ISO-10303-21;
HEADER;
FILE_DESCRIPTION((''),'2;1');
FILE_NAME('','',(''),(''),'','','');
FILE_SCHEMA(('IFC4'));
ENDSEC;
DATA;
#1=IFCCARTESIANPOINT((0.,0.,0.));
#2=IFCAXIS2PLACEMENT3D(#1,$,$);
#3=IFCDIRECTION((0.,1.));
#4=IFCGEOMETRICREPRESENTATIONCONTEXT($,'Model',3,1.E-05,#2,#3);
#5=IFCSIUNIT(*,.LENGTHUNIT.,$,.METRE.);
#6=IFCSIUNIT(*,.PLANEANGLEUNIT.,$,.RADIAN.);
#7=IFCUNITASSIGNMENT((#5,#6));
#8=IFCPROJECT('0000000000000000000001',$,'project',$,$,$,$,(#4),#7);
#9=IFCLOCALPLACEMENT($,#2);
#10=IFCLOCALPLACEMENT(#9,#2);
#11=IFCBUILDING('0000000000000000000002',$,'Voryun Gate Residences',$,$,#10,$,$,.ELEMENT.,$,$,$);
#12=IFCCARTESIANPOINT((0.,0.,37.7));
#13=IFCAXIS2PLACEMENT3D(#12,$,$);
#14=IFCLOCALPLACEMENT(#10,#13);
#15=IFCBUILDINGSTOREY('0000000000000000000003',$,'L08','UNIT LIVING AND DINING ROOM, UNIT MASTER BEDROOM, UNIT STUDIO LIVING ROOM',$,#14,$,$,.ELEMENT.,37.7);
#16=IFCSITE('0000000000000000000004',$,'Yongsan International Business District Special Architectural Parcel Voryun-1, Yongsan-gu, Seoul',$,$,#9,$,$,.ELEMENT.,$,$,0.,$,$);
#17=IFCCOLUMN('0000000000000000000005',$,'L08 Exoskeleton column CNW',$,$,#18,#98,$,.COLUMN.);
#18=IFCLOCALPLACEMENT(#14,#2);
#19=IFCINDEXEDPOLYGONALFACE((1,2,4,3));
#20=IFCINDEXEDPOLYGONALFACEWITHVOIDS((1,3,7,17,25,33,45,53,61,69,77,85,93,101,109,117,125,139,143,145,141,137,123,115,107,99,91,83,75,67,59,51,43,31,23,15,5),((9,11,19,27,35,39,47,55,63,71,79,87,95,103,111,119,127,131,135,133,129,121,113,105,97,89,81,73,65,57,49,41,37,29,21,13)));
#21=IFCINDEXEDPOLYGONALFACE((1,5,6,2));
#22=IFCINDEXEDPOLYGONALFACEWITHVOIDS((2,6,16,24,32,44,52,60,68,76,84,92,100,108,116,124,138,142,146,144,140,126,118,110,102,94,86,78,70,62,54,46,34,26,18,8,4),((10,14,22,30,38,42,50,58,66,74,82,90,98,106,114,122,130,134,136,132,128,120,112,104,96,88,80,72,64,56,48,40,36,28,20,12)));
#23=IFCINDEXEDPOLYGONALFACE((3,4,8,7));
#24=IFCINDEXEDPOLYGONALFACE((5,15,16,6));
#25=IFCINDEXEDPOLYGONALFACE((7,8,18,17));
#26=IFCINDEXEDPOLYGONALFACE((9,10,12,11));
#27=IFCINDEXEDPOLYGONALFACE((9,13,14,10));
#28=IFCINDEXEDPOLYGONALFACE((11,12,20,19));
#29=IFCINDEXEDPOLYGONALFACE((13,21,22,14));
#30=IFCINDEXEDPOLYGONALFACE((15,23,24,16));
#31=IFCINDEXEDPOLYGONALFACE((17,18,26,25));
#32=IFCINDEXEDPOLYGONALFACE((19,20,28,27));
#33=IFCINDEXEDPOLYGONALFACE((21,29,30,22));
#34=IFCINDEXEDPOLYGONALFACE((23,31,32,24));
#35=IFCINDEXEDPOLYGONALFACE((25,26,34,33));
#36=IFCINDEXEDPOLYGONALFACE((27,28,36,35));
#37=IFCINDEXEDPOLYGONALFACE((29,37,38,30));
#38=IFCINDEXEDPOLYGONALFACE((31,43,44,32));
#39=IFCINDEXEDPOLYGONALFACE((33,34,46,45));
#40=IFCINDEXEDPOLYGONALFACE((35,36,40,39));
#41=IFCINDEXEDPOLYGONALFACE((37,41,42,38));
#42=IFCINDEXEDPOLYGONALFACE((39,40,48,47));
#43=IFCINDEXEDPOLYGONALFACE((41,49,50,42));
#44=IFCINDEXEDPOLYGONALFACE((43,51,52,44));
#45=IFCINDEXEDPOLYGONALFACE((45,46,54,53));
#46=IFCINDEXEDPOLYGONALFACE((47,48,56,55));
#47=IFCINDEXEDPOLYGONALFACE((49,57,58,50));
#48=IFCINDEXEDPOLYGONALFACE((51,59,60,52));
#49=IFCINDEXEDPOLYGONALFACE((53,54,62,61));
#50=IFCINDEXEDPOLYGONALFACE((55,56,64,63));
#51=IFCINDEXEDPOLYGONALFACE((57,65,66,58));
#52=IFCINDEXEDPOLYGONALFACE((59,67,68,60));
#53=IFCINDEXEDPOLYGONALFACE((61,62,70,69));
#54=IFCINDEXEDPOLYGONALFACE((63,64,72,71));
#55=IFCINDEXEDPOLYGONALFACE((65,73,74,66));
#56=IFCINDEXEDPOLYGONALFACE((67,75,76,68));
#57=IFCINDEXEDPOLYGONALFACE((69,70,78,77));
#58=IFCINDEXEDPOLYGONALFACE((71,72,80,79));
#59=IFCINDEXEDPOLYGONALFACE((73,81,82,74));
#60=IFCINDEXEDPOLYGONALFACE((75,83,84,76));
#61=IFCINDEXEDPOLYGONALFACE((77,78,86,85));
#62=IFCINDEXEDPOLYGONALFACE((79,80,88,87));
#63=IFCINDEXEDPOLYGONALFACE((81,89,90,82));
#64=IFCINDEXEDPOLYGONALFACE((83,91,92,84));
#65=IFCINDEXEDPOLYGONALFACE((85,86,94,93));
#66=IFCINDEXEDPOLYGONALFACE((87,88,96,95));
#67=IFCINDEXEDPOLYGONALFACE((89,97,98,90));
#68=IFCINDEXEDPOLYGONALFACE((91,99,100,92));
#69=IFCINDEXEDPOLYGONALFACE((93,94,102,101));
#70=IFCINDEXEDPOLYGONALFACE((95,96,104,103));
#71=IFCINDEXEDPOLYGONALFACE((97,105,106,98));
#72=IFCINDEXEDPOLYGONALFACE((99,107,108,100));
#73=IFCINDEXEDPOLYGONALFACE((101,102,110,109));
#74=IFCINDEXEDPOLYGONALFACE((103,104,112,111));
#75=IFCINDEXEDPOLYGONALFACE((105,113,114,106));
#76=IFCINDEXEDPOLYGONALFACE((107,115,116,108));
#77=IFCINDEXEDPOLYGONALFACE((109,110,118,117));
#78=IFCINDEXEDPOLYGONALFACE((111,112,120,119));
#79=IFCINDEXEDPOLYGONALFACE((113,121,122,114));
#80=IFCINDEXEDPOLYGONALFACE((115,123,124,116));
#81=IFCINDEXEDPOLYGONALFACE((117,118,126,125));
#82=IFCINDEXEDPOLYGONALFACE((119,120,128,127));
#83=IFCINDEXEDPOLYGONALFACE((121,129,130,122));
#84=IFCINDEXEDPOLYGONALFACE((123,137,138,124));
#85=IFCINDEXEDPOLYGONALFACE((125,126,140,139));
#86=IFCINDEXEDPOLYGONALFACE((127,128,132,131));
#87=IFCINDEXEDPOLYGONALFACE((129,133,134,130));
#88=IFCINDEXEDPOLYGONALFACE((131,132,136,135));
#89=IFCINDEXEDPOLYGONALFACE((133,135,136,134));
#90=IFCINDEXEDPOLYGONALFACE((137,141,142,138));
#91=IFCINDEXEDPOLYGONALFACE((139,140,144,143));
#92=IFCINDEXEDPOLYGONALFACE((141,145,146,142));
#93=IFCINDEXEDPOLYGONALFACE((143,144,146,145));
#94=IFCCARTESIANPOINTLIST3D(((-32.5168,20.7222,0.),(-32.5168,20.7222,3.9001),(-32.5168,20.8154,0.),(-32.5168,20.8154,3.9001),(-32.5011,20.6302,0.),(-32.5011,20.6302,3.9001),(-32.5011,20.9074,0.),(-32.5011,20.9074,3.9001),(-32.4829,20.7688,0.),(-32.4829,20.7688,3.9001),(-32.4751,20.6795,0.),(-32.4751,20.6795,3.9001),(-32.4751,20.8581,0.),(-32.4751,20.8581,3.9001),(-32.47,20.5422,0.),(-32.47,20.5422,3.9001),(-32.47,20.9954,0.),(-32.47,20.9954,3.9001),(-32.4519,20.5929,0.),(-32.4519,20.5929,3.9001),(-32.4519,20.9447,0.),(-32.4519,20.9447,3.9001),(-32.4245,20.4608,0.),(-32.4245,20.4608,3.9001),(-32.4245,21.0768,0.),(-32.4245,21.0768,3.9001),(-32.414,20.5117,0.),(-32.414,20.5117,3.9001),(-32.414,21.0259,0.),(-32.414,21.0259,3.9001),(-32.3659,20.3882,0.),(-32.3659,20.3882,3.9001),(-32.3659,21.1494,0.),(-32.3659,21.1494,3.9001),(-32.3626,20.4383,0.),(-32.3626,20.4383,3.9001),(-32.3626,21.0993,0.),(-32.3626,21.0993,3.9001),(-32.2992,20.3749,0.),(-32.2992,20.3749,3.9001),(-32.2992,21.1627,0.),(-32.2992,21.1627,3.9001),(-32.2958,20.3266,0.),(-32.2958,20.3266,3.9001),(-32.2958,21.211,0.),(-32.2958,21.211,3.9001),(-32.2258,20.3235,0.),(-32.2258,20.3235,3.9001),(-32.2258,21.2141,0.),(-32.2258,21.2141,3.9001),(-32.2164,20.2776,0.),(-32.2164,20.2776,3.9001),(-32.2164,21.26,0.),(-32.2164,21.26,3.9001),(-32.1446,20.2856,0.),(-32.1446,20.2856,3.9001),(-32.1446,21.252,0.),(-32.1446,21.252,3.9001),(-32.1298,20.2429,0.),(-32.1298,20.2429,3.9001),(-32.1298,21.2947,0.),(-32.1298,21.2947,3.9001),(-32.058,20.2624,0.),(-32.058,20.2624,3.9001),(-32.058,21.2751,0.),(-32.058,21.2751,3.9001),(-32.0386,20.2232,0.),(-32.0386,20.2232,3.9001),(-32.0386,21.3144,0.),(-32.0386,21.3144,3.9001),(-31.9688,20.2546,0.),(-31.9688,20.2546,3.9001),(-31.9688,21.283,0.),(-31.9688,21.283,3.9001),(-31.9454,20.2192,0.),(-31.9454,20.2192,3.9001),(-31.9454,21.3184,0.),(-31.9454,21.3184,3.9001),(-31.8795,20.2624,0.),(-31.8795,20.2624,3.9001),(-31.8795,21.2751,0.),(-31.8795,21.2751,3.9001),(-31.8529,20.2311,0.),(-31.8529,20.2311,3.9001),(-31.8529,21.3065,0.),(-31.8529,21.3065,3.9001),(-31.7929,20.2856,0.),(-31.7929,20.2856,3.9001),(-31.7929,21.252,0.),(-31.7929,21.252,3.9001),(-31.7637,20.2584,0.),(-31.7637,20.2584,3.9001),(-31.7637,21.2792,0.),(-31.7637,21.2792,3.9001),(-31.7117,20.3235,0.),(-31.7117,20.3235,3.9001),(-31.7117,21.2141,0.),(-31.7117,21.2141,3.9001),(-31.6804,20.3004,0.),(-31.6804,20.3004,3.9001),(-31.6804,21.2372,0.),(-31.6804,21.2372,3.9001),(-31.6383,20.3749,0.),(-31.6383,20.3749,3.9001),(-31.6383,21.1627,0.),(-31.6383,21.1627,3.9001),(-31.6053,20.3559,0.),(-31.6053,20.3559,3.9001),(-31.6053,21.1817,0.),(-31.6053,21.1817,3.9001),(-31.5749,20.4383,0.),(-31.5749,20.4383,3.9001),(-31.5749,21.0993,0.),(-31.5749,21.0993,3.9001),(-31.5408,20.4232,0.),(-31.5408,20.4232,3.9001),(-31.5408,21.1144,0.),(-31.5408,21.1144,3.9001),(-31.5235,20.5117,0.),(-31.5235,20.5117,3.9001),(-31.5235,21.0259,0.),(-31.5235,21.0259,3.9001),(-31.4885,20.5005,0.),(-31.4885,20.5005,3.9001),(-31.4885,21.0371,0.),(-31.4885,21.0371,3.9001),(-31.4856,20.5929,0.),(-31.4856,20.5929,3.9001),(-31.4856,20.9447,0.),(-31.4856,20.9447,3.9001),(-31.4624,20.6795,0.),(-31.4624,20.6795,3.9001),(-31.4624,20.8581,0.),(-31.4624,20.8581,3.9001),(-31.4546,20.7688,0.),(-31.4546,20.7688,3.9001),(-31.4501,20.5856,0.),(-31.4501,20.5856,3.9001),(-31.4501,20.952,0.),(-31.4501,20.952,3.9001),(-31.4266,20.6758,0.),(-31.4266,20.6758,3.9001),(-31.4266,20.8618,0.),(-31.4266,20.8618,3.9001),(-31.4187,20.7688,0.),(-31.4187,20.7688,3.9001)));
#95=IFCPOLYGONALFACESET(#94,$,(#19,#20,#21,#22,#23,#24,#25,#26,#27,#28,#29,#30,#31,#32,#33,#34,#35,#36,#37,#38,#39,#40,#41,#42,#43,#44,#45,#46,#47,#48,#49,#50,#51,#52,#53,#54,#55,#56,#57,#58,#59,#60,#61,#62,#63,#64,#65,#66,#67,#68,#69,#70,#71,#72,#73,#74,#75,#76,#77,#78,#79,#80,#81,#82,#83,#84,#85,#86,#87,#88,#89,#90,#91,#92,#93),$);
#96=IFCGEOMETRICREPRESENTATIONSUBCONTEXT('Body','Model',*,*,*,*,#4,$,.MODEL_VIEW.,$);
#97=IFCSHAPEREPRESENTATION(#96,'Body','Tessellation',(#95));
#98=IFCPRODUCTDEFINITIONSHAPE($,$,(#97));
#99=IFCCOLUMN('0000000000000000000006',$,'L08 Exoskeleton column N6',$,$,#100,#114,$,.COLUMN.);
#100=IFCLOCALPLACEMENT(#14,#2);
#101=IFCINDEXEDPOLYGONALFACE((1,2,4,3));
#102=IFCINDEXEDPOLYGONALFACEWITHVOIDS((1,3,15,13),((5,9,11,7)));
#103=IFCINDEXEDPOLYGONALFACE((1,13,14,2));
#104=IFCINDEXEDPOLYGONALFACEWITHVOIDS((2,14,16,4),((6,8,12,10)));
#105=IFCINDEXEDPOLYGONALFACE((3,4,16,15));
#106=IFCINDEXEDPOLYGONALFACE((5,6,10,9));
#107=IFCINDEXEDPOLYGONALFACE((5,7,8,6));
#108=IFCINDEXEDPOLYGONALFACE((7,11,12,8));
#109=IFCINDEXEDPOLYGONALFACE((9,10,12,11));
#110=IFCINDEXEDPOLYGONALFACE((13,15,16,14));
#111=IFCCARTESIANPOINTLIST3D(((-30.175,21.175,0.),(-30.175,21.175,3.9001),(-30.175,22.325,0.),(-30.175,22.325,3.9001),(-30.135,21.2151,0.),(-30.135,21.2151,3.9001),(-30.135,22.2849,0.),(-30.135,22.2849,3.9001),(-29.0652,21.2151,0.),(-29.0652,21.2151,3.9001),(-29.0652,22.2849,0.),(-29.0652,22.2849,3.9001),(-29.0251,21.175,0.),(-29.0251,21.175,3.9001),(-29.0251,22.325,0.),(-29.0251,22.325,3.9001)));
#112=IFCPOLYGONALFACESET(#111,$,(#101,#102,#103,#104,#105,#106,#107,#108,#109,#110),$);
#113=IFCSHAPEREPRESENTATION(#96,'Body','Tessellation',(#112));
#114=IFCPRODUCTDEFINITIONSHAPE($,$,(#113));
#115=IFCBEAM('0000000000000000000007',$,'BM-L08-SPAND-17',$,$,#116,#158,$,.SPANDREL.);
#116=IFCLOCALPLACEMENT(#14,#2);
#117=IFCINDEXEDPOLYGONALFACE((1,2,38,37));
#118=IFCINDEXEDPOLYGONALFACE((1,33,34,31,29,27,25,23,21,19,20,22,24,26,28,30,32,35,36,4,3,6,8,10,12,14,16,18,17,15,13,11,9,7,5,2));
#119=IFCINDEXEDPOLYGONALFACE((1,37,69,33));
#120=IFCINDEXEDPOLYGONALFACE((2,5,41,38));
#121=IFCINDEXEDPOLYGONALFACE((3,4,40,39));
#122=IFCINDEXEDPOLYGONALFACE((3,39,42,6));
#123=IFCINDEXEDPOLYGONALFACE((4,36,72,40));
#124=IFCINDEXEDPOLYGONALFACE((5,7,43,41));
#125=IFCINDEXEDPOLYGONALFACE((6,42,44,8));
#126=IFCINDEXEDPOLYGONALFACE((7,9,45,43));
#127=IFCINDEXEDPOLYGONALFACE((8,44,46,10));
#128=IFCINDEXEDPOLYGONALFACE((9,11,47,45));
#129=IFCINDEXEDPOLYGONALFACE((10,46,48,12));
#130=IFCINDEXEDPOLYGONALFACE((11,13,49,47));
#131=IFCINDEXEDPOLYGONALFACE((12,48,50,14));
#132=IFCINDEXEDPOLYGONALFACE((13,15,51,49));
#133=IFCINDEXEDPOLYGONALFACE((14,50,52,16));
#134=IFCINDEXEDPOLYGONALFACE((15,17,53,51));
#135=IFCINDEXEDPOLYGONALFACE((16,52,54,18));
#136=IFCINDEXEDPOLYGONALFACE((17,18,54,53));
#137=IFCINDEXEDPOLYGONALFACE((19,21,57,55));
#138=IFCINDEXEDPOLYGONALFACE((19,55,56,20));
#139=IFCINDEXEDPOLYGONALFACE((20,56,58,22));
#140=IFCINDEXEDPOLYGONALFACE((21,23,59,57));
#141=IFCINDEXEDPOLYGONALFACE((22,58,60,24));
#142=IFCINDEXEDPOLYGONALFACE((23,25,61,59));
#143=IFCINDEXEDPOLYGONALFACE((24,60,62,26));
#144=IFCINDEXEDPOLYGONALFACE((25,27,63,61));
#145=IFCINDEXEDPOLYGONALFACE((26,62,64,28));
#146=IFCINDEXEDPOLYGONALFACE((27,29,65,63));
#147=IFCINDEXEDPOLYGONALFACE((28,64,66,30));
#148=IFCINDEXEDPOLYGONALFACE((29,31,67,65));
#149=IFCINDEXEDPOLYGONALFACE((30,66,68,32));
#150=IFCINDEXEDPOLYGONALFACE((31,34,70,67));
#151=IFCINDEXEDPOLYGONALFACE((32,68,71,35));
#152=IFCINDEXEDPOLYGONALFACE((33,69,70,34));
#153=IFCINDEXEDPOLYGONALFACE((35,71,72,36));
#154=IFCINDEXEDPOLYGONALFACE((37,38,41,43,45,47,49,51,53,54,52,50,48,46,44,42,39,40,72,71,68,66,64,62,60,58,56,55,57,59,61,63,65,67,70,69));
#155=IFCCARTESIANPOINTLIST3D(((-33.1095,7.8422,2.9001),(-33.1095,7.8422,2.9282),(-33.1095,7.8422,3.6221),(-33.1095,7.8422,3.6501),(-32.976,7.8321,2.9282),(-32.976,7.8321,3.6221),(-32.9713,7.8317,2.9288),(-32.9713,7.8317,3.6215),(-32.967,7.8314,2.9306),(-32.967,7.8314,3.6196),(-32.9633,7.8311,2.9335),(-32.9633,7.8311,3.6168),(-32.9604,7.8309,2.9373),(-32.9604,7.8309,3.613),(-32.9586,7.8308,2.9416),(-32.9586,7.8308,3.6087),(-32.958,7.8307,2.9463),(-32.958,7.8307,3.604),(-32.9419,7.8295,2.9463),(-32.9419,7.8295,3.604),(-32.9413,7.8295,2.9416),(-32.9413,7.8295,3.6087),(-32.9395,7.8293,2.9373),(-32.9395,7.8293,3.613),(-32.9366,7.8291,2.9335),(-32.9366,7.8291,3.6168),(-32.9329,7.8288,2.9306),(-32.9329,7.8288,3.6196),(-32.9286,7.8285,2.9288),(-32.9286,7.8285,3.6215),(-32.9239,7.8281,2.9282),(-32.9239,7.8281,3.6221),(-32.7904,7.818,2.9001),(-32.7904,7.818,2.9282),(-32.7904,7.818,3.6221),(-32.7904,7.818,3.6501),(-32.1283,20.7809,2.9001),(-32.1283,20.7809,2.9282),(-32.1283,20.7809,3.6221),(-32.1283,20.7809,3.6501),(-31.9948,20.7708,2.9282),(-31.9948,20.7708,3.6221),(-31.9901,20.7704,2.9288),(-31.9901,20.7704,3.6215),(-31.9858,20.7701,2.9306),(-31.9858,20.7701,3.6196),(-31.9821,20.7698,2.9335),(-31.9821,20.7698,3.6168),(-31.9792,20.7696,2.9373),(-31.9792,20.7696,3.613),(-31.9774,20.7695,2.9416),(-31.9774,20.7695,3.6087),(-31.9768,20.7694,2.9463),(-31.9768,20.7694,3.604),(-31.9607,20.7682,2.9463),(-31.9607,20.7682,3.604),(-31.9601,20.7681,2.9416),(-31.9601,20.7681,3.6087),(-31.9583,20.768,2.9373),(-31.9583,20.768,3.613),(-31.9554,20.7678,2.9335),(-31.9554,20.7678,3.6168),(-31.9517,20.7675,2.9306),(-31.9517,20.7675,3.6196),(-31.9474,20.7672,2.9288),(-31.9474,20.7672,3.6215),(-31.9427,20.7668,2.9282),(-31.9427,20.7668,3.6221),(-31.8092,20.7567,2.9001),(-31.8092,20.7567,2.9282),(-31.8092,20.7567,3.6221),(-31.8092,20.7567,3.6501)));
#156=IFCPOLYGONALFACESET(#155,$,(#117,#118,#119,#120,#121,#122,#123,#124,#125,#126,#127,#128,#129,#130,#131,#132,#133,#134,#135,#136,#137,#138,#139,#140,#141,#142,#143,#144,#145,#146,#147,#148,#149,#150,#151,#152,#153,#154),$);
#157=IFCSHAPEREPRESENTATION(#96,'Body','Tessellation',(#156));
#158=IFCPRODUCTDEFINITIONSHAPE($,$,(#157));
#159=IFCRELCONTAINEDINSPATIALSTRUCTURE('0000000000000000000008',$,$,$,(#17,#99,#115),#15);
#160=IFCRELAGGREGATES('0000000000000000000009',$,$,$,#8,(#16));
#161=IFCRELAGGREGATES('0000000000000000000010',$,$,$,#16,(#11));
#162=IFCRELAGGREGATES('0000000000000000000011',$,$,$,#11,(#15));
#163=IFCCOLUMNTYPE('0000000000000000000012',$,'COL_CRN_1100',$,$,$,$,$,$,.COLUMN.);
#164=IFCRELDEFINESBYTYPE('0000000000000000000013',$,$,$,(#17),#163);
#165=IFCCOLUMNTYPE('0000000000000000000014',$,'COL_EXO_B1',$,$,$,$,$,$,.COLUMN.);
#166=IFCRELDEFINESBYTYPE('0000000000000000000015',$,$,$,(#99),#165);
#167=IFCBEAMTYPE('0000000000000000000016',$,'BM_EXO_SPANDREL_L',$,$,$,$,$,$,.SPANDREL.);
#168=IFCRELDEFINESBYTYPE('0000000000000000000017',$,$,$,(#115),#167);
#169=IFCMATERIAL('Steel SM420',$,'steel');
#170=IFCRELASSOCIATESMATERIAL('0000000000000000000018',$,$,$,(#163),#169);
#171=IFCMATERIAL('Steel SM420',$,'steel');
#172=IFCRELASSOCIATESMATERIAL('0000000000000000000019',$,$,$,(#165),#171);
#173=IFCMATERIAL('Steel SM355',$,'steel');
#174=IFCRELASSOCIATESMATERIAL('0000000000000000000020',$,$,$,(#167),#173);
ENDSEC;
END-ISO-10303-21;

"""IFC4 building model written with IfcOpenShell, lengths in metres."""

from ifc_helpers import new_model, si_unit, direction, frame, origin, origin_2d, place, context, subcontext, project, spatial, hollow_rectangle, hollow_circle, i_section, extrude, material, material_profile, profile_set, type_object, element, save


model = new_model("IFC4")

# Units and contexts
model_context = context("Model", 3, precision=1e-05, world=origin(), true_north=direction((0.0, 1.0)))
body_context = subcontext(model_context, "Body", "Model", "MODEL_VIEW")
ifc_project = project(units=[si_unit("LENGTHUNIT", "METRE"), si_unit("PLANEANGLEUNIT", "RADIAN")], contexts=[model_context])

# Site, building, storey
site_placement = place(None, origin())
site = spatial("IfcSite", under=ifc_project, at=site_placement, Name="Yongsan International Business District Special Architectural Parcel Voryun-1, Yongsan-gu, Seoul", CompositionType="ELEMENT", RefElevation=0.0)
building_placement = place(site_placement, origin())
building = spatial("IfcBuilding", under=site, at=building_placement, Name="Voryun Gate Residences", CompositionType="ELEMENT")
storey_placement = place(building_placement, frame((0.0, 0.0, 37.7)))
storey = spatial("IfcBuildingStorey", under=building, at=storey_placement, Name="L08", Description="UNIT LIVING AND DINING ROOM, UNIT MASTER BEDROOM, UNIT STUDIO LIVING ROOM", CompositionType="ELEMENT", Elevation=37.7)

# Columns
ifc_material_1 = material(Name="Steel SM420", Category="steel")
ifc_material_profile_1 = material_profile(ifc_material_1, hollow_circle(Radius=0.55, WallThickness=0.0359, at=origin_2d()), Name="CHS-1100x36")
ifc_profile_set_1 = profile_set([ifc_material_profile_1], Name="Steel SM420")
column_type_1 = type_object("IfcColumnType", Name="COL_CRN_1100", PredefinedType="COLUMN", material=ifc_profile_set_1)
column_1_placement = place(storey_placement, frame((-31.9688, 20.7688, 0.0), z_axis=(0.0, 0.0, 1.0), x_axis=(1.0, 0.0, 0.0)))
element("IfcColumn", 1, at=column_1_placement, inside=storey, type_object=column_type_1, Name="L08 Exoskeleton column CNW", PredefinedType="COLUMN", context=body_context, shape_type="SweptSolid", body=[
    extrude(hollow_circle(Radius=0.55, WallThickness=0.0359, at=origin_2d()), origin(), (0.0, 0.0, 1.0), 3.9001),
])
ifc_material_2 = material(Name="Steel SM420", Category="steel")
ifc_material_profile_2 = material_profile(ifc_material_2, hollow_rectangle(XDim=1.1499, YDim=1.1499, WallThickness=0.04, at=origin_2d()), Name="BOX-1150x1150x40")
ifc_profile_set_2 = profile_set([ifc_material_profile_2], Name="Steel SM420")
column_type_2 = type_object("IfcColumnType", Name="COL_EXO_B1", PredefinedType="COLUMN", material=ifc_profile_set_2)
column_2_placement = place(storey_placement, frame((-29.6001, 21.75, 0.0), z_axis=(0.0, 0.0, 1.0), x_axis=(1.0, 0.0, 0.0)))
element("IfcColumn", 2, at=column_2_placement, inside=storey, type_object=column_type_2, Name="L08 Exoskeleton column N6", PredefinedType="COLUMN", context=body_context, shape_type="SweptSolid", body=[
    extrude(hollow_rectangle(XDim=1.1499, YDim=1.1499, WallThickness=0.04, at=origin_2d()), origin(), (0.0, 0.0, 1.0), 3.9001),
])

# Beam
ifc_material_3 = material(Name="Steel SM355", Category="steel")
ifc_material_profile_3 = material_profile(ifc_material_3, i_section(OverallWidth=0.3201, OverallDepth=0.75, WebThickness=0.0161, FlangeThickness=0.0281, FilletRadius=0.0181, at=origin_2d()), Name="H-750x320x16x28")
ifc_profile_set_3 = profile_set([ifc_material_profile_3], Name="Steel SM355")
beam_type = type_object("IfcBeamType", Name="BM_EXO_SPANDREL_L", PredefinedType="SPANDREL", material=ifc_profile_set_3)
beam_placement = place(storey_placement, frame((-31.9688, 20.7688, 3.2751), z_axis=(-0.075617, -0.997137, 0.0), x_axis=(0.997137, -0.075617, 0.0)))
element("IfcBeam", 3, at=beam_placement, inside=storey, type_object=beam_type, Name="BM-L08-SPAND-17", PredefinedType="SPANDREL", context=body_context, shape_type="SweptSolid", body=[
    extrude(i_section(OverallWidth=0.3201, OverallDepth=0.75, WebThickness=0.0161, FlangeThickness=0.0281, FilletRadius=0.0181, at=origin_2d()), origin(), (0.0, 0.0, 1.0), 12.9758),
])

save(model, "model.ifc")
